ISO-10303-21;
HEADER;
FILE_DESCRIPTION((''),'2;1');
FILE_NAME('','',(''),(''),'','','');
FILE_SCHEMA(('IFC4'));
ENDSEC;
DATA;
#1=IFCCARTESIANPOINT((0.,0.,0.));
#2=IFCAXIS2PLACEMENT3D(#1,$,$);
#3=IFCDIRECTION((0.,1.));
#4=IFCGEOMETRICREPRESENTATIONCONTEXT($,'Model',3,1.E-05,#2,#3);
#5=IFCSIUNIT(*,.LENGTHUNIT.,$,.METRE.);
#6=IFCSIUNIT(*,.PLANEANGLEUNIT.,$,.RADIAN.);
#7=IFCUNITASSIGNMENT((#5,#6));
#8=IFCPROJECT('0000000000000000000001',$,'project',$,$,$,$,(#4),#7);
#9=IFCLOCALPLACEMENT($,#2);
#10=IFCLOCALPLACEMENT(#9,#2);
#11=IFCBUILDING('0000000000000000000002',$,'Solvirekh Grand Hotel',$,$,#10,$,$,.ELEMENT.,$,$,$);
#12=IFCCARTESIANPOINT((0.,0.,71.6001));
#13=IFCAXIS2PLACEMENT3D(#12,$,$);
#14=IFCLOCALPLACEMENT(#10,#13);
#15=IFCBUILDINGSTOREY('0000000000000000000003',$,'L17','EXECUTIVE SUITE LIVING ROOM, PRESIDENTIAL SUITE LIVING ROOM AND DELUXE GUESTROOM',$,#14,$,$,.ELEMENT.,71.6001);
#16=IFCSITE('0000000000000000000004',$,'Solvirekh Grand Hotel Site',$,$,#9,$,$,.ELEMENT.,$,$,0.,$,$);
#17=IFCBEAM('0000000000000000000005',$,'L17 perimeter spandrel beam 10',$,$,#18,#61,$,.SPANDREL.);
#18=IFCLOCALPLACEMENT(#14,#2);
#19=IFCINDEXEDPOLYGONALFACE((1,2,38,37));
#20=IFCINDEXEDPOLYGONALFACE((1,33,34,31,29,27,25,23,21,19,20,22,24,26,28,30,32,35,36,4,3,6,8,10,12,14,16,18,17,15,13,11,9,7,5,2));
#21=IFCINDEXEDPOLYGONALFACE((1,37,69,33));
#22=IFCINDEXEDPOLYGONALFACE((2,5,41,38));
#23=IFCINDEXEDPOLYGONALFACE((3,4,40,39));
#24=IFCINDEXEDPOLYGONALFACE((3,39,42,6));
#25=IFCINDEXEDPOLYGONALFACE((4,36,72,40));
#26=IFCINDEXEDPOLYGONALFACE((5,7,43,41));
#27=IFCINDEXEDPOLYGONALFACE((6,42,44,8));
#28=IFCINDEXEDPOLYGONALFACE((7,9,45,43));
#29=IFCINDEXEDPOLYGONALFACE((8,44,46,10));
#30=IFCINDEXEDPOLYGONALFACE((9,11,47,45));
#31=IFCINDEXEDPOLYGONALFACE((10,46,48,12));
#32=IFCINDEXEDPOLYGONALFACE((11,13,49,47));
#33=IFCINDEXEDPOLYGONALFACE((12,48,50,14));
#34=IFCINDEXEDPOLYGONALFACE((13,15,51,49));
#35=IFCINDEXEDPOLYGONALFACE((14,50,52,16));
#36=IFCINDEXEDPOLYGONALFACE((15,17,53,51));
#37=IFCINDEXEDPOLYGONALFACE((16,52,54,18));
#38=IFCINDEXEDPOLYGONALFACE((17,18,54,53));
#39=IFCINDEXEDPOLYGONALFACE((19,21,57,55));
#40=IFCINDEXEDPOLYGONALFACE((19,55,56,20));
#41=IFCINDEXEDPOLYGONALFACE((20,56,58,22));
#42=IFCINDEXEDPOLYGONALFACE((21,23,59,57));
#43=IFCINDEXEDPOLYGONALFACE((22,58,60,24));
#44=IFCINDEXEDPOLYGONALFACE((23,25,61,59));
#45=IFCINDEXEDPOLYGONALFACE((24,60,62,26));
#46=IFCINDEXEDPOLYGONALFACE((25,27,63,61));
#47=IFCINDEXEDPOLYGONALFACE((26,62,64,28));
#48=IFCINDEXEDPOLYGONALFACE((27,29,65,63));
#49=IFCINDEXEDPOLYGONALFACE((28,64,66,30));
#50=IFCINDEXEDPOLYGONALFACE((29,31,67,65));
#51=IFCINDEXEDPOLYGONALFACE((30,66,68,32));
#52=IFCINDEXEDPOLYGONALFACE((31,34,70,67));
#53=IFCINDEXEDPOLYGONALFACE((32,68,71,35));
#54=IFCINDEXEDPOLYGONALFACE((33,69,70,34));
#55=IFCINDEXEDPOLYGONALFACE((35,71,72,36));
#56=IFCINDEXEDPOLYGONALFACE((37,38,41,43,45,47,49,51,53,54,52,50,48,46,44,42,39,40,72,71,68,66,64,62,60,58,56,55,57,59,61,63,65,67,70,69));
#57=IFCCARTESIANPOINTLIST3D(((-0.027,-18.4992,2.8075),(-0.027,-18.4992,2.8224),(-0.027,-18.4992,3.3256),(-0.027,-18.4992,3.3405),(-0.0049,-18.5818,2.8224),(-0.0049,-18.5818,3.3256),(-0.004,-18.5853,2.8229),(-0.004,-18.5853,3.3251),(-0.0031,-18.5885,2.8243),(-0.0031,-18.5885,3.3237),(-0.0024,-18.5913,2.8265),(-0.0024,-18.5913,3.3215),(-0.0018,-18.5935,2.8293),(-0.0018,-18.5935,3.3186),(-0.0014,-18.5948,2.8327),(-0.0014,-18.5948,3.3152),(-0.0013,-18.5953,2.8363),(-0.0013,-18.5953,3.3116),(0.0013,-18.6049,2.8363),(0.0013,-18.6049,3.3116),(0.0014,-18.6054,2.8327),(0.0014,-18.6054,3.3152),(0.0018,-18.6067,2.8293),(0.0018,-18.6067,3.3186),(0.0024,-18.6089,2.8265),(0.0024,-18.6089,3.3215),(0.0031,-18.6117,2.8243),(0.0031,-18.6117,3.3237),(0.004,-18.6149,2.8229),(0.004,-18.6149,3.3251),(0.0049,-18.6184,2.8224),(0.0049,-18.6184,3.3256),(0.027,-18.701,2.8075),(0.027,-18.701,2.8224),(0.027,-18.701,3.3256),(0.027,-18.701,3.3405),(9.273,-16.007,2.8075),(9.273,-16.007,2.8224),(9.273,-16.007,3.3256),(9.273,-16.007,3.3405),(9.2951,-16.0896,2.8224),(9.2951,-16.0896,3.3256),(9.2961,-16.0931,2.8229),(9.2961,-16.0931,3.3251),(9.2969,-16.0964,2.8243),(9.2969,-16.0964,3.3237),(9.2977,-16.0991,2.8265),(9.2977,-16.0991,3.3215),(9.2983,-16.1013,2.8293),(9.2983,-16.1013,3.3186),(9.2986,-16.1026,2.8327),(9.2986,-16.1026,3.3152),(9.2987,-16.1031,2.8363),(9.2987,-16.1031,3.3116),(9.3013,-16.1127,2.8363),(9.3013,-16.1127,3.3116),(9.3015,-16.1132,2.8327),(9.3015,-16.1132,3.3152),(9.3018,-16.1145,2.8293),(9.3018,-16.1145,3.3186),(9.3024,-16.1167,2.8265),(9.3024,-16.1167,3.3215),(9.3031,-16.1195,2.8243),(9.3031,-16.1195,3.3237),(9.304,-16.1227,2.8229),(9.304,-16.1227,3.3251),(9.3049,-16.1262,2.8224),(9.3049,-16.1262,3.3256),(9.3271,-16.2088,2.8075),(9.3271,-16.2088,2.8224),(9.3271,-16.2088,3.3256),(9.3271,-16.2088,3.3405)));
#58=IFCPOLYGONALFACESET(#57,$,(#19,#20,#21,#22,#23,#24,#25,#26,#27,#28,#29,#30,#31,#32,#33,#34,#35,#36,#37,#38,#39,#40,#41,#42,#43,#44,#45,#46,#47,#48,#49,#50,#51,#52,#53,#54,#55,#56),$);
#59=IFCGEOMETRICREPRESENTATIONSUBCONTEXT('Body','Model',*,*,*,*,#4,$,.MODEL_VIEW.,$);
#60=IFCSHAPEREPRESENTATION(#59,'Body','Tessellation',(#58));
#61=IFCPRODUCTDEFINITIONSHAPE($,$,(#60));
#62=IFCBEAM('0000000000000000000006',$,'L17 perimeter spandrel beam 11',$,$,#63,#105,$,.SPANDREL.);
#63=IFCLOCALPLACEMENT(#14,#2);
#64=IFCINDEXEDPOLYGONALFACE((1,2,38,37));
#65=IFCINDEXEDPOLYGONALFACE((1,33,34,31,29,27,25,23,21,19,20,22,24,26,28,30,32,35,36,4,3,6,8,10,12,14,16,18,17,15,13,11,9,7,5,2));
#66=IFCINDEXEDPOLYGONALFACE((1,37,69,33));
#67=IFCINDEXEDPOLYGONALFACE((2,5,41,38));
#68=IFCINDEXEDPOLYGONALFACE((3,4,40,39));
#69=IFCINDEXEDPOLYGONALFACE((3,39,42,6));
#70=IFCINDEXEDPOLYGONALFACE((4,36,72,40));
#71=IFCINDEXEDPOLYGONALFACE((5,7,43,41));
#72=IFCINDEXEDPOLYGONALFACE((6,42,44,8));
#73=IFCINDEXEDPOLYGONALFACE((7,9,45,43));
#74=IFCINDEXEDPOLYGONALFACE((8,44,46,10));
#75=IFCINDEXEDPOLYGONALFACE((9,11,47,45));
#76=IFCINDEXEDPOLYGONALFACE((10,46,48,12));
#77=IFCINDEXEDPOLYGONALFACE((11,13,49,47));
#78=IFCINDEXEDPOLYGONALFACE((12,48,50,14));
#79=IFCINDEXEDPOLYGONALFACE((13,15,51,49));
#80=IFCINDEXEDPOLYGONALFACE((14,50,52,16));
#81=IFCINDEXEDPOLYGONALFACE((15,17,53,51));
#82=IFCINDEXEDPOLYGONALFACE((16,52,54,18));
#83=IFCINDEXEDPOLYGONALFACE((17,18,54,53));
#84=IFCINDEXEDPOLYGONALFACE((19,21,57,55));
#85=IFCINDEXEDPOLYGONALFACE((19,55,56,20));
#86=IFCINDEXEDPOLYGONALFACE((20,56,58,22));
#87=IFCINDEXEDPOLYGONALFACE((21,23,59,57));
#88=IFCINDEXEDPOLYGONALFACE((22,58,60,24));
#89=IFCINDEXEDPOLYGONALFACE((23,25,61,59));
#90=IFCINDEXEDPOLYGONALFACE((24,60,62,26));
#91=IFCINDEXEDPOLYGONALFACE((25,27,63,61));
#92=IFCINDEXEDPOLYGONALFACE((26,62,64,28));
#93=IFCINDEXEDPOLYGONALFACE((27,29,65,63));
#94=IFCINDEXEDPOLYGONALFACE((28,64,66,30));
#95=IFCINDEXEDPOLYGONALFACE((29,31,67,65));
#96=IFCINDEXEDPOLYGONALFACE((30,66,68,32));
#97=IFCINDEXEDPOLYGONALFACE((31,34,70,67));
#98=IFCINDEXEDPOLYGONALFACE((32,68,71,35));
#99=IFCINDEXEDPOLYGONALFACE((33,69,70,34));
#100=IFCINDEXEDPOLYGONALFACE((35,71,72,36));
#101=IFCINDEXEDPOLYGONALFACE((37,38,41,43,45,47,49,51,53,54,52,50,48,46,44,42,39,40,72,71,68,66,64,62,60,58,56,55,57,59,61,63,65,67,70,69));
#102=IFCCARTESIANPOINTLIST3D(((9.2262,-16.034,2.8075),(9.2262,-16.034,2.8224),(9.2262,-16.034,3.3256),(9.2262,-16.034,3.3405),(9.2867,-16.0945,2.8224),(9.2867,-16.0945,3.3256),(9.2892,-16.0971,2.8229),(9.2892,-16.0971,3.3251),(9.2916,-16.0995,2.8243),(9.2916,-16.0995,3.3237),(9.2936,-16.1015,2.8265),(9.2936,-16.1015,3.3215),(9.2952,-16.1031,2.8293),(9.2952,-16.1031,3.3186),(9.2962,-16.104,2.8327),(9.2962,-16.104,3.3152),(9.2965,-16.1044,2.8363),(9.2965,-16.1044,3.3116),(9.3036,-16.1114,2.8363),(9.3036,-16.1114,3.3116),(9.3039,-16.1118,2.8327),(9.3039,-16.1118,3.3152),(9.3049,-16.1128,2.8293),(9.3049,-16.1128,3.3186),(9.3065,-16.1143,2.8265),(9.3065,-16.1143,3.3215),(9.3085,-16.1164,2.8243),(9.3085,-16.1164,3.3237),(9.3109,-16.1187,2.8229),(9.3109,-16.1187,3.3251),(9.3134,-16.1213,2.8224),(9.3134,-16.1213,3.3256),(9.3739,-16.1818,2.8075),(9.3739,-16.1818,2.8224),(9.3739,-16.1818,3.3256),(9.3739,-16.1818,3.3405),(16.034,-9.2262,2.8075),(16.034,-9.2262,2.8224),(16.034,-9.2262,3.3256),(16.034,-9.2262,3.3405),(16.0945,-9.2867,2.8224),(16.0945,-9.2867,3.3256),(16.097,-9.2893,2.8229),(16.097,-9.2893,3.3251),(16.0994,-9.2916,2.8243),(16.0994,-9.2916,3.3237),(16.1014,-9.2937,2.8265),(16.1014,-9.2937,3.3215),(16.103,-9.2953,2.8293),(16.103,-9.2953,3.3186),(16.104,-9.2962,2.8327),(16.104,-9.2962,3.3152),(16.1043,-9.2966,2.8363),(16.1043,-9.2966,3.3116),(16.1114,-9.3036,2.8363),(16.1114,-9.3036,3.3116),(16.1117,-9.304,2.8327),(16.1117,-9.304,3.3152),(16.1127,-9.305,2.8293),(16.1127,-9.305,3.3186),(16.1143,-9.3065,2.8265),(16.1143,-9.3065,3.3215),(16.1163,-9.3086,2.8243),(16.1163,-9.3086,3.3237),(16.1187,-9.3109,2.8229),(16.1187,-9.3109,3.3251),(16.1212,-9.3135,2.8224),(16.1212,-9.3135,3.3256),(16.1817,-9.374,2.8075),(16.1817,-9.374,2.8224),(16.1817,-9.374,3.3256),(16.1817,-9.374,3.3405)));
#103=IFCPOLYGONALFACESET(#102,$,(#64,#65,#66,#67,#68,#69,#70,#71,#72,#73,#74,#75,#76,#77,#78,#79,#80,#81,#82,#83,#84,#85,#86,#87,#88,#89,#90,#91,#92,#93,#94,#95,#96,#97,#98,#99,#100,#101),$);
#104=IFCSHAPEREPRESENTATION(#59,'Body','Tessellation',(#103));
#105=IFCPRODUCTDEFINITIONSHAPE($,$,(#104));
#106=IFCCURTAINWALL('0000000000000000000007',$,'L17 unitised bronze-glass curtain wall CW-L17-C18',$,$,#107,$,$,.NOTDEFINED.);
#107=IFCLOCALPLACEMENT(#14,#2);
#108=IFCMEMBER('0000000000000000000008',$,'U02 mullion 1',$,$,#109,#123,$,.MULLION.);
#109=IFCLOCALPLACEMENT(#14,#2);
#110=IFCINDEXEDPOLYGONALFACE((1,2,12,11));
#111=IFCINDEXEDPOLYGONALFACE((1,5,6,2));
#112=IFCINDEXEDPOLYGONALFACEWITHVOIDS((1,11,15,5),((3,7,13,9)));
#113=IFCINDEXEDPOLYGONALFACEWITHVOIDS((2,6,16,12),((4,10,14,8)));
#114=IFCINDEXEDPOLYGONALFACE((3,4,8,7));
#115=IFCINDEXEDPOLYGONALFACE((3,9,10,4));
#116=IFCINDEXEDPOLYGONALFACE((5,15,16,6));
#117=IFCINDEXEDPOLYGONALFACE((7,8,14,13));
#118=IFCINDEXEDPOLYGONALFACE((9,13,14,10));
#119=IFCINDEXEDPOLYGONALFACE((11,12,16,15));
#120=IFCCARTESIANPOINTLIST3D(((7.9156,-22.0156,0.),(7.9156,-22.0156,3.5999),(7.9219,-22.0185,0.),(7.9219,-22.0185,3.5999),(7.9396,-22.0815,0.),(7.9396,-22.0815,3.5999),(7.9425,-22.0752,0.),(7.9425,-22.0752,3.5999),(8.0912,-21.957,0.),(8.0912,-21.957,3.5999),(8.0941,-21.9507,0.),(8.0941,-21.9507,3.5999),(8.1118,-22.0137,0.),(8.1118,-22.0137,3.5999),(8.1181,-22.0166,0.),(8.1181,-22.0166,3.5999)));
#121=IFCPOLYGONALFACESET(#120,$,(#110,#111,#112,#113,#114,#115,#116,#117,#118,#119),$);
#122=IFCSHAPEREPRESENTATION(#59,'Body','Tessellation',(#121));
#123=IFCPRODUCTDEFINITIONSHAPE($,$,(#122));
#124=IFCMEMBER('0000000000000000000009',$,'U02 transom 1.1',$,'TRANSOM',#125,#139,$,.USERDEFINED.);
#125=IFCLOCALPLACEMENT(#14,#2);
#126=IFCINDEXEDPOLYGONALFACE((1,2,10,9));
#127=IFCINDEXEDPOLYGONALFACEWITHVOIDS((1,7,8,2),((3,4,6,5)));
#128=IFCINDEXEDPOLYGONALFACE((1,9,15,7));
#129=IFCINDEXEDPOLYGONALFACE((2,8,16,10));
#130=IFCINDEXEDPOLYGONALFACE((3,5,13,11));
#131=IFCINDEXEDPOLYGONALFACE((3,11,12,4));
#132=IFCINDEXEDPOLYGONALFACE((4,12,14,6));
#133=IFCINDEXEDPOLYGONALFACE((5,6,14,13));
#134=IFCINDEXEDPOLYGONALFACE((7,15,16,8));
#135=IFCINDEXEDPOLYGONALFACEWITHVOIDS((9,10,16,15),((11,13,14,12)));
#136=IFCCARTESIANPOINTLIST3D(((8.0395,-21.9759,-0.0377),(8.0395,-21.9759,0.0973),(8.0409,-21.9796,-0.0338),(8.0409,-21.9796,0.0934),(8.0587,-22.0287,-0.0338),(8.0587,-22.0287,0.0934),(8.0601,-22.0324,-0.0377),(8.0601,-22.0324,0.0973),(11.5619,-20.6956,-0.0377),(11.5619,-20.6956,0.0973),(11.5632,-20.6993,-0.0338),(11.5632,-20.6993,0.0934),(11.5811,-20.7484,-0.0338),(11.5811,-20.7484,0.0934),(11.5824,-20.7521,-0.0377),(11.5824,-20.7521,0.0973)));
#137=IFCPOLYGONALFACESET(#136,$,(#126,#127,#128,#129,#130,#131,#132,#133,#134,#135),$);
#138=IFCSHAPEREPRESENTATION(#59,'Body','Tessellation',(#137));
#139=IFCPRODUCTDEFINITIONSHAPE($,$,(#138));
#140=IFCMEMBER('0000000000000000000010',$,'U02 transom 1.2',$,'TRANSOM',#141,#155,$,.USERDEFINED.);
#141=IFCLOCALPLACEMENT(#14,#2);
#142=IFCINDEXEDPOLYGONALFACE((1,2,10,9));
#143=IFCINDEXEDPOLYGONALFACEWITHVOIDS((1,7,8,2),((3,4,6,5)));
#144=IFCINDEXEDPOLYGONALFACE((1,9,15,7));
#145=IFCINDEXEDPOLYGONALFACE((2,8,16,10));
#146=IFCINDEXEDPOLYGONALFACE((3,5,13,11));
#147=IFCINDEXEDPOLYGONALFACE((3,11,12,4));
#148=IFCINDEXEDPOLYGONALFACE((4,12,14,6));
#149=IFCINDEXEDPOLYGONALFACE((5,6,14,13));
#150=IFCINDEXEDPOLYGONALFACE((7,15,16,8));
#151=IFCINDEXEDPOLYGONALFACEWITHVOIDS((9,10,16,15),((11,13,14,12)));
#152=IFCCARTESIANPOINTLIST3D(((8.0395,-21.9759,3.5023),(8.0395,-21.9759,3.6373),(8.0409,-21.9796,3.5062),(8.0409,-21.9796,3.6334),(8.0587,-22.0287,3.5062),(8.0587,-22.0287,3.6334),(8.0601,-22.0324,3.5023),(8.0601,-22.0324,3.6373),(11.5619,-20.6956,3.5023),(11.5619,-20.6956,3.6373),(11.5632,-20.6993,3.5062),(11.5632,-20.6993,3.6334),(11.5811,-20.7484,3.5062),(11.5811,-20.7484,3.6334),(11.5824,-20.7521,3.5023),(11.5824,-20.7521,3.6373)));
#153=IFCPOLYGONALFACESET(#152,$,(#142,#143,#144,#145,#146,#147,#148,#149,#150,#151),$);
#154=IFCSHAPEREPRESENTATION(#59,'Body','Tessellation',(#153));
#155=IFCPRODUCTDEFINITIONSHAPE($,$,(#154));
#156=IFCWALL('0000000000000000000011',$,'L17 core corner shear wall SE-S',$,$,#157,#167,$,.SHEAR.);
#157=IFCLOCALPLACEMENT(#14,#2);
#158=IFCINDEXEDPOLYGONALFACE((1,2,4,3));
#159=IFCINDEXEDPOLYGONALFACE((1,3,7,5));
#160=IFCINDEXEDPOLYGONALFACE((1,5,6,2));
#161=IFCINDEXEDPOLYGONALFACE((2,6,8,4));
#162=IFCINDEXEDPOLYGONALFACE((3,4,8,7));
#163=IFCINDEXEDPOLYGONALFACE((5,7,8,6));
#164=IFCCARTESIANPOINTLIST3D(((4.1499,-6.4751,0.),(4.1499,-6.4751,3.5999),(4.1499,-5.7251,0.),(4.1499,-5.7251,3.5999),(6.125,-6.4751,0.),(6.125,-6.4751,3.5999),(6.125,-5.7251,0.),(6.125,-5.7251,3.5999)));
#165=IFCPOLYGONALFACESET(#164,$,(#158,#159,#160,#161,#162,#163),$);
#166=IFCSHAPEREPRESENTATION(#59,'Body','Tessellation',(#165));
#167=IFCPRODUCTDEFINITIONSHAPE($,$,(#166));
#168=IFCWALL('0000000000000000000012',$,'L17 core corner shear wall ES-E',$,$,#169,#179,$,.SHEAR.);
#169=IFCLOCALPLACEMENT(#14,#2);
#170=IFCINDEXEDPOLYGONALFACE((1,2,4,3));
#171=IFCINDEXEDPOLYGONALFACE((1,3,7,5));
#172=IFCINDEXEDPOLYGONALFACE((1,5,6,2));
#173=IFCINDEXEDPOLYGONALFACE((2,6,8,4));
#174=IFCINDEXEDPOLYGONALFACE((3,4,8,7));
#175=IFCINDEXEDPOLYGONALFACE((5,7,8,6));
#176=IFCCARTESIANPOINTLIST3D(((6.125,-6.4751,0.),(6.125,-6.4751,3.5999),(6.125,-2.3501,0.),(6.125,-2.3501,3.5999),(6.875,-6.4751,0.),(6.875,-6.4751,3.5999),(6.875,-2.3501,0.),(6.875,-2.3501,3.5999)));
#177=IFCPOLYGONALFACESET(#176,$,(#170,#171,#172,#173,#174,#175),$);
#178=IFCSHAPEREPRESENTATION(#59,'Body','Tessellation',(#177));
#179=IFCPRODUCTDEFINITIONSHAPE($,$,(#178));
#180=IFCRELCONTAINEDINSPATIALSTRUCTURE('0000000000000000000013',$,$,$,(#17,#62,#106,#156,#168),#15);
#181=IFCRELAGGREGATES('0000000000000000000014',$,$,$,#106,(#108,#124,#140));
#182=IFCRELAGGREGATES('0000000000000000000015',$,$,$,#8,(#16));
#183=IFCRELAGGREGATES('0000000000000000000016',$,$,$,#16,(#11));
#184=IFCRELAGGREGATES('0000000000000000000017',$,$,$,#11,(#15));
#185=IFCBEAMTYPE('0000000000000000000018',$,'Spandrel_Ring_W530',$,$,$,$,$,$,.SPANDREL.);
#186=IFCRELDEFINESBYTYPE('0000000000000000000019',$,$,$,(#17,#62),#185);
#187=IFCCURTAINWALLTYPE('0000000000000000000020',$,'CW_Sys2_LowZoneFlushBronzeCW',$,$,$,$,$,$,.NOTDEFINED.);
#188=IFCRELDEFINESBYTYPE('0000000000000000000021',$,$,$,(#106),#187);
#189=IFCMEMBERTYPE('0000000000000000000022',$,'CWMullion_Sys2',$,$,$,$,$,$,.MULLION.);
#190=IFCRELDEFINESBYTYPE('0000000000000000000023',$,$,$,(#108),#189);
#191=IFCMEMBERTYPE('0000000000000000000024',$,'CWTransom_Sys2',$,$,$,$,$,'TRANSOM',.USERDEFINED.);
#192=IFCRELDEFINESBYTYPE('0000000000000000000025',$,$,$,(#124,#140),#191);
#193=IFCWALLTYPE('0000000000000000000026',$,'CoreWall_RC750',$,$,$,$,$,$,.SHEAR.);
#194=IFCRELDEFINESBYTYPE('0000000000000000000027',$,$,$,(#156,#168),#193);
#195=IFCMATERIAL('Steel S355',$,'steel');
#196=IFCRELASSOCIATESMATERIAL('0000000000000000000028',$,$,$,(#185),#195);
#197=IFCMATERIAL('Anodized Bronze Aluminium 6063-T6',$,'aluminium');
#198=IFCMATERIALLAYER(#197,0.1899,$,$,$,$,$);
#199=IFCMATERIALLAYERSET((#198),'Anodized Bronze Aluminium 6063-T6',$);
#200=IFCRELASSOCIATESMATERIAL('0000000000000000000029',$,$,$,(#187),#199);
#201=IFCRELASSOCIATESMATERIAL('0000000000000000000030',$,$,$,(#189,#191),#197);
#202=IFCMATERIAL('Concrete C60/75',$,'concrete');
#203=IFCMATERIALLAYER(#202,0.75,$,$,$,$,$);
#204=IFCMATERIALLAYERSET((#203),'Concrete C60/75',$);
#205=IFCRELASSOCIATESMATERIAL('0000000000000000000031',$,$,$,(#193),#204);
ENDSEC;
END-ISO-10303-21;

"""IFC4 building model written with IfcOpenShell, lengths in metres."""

from ifc_helpers import new_model, si_unit, direction, frame, frame_2d, origin, origin_2d, place, context, subcontext, project, spatial, rectangle, hollow_rectangle, i_section, extrude, source, transform, mapped, material, layer, layer_set, material_profile, profile_set, type_object, element, aggregate, save


model = new_model("IFC4")

# Units and contexts
model_context = context("Model", 3, precision=1e-05, world=origin(), true_north=direction((0.0, 1.0)))
body_context = subcontext(model_context, "Body", "Model", "MODEL_VIEW")
ifc_project = project(units=[si_unit("LENGTHUNIT", "METRE"), si_unit("PLANEANGLEUNIT", "RADIAN")], contexts=[model_context])

# Site, building, storey
site_placement = place(None, origin())
site = spatial("IfcSite", under=ifc_project, at=site_placement, Name="Solvirekh Grand Hotel Site", CompositionType="ELEMENT", RefElevation=0.0)
building_placement = place(site_placement, origin())
building = spatial("IfcBuilding", under=site, at=building_placement, Name="Solvirekh Grand Hotel", CompositionType="ELEMENT")
storey_placement = place(building_placement, frame((0.0, 0.0, 71.6001)))
storey = spatial("IfcBuildingStorey", under=building, at=storey_placement, Name="L17", Description="EXECUTIVE SUITE LIVING ROOM, PRESIDENTIAL SUITE LIVING ROOM AND DELUXE GUESTROOM", CompositionType="ELEMENT", Elevation=71.6001)

# Shared definitions
ifc_material_1 = material(Name="Concrete C60/75", Category="concrete")

# Beams
ifc_material_2 = material(Name="Steel S355", Category="steel")
ifc_material_profile_1 = material_profile(ifc_material_2, i_section(OverallWidth=0.209, OverallDepth=0.533, WebThickness=0.01, FlangeThickness=0.0149, FilletRadius=0.0139, at=origin_2d()), Name="W530X92")
ifc_profile_set_1 = profile_set([ifc_material_profile_1], Name="Steel S355")
beam_type_1 = type_object("IfcBeamType", Name="Spandrel_Ring_W530", PredefinedType="SPANDREL", material=ifc_profile_set_1)
beam_1_placement = place(storey_placement, frame((0.0, -18.6001, 3.074), z_axis=(0.965919, 0.258843, 0.0), x_axis=(-0.258843, 0.965919, 0.0)))
element("IfcBeam", 1, at=beam_1_placement, inside=storey, type_object=beam_type_1, Name="L17 perimeter spandrel beam 10", PredefinedType="SPANDREL", context=body_context, shape_type="SweptSolid", body=[
    extrude(i_section(OverallWidth=0.209, OverallDepth=0.533, WebThickness=0.01, FlangeThickness=0.0149, FilletRadius=0.0139, at=origin_2d()), origin(), (0.0, 0.0, 1.0), 9.6282),
])
beam_2_placement = place(storey_placement, frame((9.3, -16.1079, 3.074), z_axis=(0.707107, 0.707107, 0.0), x_axis=(-0.707107, 0.707107, 0.0)))
element("IfcBeam", 2, at=beam_2_placement, inside=storey, type_object=beam_type_1, Name="L17 perimeter spandrel beam 11", PredefinedType="SPANDREL", context=body_context, shape_type="SweptSolid", body=[
    extrude(i_section(OverallWidth=0.209, OverallDepth=0.533, WebThickness=0.01, FlangeThickness=0.0149, FilletRadius=0.0139, at=origin_2d()), origin(), (0.0, 0.0, 1.0), 9.6277),
])

# Curtain wall, members
ifc_material_3 = material(Name="Anodized Bronze Aluminium 6063-T6", Category="aluminium")
ifc_layer_1 = layer(ifc_material_3, 0.1899)
ifc_layer_set_1 = layer_set([ifc_layer_1], Name="Anodized Bronze Aluminium 6063-T6")
curtain_wall_type = type_object("IfcCurtainWallType", Name="CW_Sys2_LowZoneFlushBronzeCW", PredefinedType="NOTDEFINED", material=ifc_layer_set_1)
curtain_wall_placement = place(storey_placement, origin())
curtain_wall = element("IfcCurtainWall", 3, at=curtain_wall_placement, inside=storey, type_object=curtain_wall_type, Name="L17 unitised bronze-glass curtain wall CW-L17-C18", PredefinedType="NOTDEFINED")
ifc_material_profile_2 = material_profile(ifc_material_3, hollow_rectangle(XDim=0.0701, YDim=0.1899, WallThickness=0.0049, at=origin_2d()), Name="ALU RHS 190X70X5")
ifc_profile_set_2 = profile_set([ifc_material_profile_2], Name="Anodized Bronze Aluminium 6063-T6")
member_type_1 = type_object("IfcMemberType", Name="CWMullion_Sys2", PredefinedType="MULLION", material=ifc_profile_set_2)
shared_shape_1 = source(origin(), body_context, "Body", "SweptSolid", [
    extrude(hollow_rectangle(XDim=0.0701, YDim=0.1899, WallThickness=0.0049, at=origin_2d()), origin(), (0.0, 0.0, 1.0), 3.5999),
])
member_1_placement = place(storey_placement, frame((8.0168, -22.0161, 0.0), z_axis=(0.0, 0.0, 1.0), x_axis=(-0.341576, 0.939854, 0.0)))
member_1 = element("IfcMember", 4, at=member_1_placement, type_object=member_type_1, Name="U02 mullion 1", PredefinedType="MULLION", context=body_context, shape_type="MappedRepresentation", body=[
    mapped(shared_shape_1, transform((0.0, 0.0, 0.0), x_axis=(1.0, 0.0, 0.0), y_axis=(0.0, 1.0, 0.0), z_axis=(0.0, 0.0, 1.0), scale=1.0)),
])
ifc_material_profile_3 = material_profile(ifc_material_3, hollow_rectangle(XDim=0.0601, YDim=0.135, WallThickness=0.0039, at=origin_2d()), Name="ALU RHS 135X60X4")
ifc_profile_set_3 = profile_set([ifc_material_profile_3], Name="Anodized Bronze Aluminium 6063-T6")
member_type_2 = type_object("IfcMemberType", Name="CWTransom_Sys2", ElementType="TRANSOM", PredefinedType="USERDEFINED", material=ifc_profile_set_3)
shared_shape_2 = source(origin(), body_context, "Body", "SweptSolid", [
    extrude(hollow_rectangle(XDim=0.0601, YDim=0.135, WallThickness=0.0039, at=origin_2d()), origin(), (0.0, 0.0, 1.0), 3.7478),
])
member_2_placement = place(storey_placement, frame((8.0498, -22.0042, 0.0298), z_axis=(0.939839, 0.341618, 0.0), x_axis=(-0.341618, 0.939839, 0.0)))
member_2 = element("IfcMember", 5, at=member_2_placement, type_object=member_type_2, Name="U02 transom 1.1", ObjectType="TRANSOM", PredefinedType="USERDEFINED", context=body_context, shape_type="MappedRepresentation", body=[
    mapped(shared_shape_2, transform((0.0, 0.0, 0.0), x_axis=(1.0, 0.0, 0.0), y_axis=(0.0, 1.0, 0.0), z_axis=(0.0, 0.0, 1.0), scale=1.0)),
])
member_3_placement = place(storey_placement, frame((8.0498, -22.0042, 3.5698), z_axis=(0.939839, 0.341618, 0.0), x_axis=(-0.341618, 0.939839, 0.0)))
member_3 = element("IfcMember", 6, at=member_3_placement, type_object=member_type_2, Name="U02 transom 1.2", ObjectType="TRANSOM", PredefinedType="USERDEFINED", context=body_context, shape_type="MappedRepresentation", body=[
    mapped(shared_shape_2, transform((0.0, 0.0, 0.0), x_axis=(1.0, 0.0, 0.0), y_axis=(0.0, 1.0, 0.0), z_axis=(0.0, 0.0, 1.0), scale=1.0)),
])
aggregate(curtain_wall, [member_1, member_2, member_3])

# Walls
ifc_layer_2 = layer(ifc_material_1, 0.75)
ifc_layer_set_2 = layer_set([ifc_layer_2], Name="Concrete C60/75")
wall_type_1 = type_object("IfcWallType", Name="CoreWall_RC750", PredefinedType="SHEAR", material=ifc_layer_set_2)
wall_1_placement = place(storey_placement, frame((4.1499, -6.1001, 0.0), z_axis=(0.0, 0.0, 1.0), x_axis=(1.0, 0.0, 0.0)))
element("IfcWall", 7, at=wall_1_placement, inside=storey, type_object=wall_type_1, Name="L17 core corner shear wall SE-S", PredefinedType="SHEAR", context=body_context, shape_type="SweptSolid", body=[
    extrude(rectangle(XDim=1.9751, YDim=0.75, at=frame_2d((0.9875, 0.0))), origin(), (0.0, 0.0, 1.0), 3.5999),
])
wall_2_placement = place(storey_placement, frame((6.5, -6.4751, 0.0), z_axis=(0.0, 0.0, 1.0), x_axis=(0.0, 1.0, 0.0)))
element("IfcWall", 8, at=wall_2_placement, inside=storey, type_object=wall_type_1, Name="L17 core corner shear wall ES-E", PredefinedType="SHEAR", context=body_context, shape_type="SweptSolid", body=[
    extrude(rectangle(XDim=4.125, YDim=0.75, at=frame_2d((2.0625, 0.0))), origin(), (0.0, 0.0, 1.0), 3.5999),
])

save(model, "model.ifc")
